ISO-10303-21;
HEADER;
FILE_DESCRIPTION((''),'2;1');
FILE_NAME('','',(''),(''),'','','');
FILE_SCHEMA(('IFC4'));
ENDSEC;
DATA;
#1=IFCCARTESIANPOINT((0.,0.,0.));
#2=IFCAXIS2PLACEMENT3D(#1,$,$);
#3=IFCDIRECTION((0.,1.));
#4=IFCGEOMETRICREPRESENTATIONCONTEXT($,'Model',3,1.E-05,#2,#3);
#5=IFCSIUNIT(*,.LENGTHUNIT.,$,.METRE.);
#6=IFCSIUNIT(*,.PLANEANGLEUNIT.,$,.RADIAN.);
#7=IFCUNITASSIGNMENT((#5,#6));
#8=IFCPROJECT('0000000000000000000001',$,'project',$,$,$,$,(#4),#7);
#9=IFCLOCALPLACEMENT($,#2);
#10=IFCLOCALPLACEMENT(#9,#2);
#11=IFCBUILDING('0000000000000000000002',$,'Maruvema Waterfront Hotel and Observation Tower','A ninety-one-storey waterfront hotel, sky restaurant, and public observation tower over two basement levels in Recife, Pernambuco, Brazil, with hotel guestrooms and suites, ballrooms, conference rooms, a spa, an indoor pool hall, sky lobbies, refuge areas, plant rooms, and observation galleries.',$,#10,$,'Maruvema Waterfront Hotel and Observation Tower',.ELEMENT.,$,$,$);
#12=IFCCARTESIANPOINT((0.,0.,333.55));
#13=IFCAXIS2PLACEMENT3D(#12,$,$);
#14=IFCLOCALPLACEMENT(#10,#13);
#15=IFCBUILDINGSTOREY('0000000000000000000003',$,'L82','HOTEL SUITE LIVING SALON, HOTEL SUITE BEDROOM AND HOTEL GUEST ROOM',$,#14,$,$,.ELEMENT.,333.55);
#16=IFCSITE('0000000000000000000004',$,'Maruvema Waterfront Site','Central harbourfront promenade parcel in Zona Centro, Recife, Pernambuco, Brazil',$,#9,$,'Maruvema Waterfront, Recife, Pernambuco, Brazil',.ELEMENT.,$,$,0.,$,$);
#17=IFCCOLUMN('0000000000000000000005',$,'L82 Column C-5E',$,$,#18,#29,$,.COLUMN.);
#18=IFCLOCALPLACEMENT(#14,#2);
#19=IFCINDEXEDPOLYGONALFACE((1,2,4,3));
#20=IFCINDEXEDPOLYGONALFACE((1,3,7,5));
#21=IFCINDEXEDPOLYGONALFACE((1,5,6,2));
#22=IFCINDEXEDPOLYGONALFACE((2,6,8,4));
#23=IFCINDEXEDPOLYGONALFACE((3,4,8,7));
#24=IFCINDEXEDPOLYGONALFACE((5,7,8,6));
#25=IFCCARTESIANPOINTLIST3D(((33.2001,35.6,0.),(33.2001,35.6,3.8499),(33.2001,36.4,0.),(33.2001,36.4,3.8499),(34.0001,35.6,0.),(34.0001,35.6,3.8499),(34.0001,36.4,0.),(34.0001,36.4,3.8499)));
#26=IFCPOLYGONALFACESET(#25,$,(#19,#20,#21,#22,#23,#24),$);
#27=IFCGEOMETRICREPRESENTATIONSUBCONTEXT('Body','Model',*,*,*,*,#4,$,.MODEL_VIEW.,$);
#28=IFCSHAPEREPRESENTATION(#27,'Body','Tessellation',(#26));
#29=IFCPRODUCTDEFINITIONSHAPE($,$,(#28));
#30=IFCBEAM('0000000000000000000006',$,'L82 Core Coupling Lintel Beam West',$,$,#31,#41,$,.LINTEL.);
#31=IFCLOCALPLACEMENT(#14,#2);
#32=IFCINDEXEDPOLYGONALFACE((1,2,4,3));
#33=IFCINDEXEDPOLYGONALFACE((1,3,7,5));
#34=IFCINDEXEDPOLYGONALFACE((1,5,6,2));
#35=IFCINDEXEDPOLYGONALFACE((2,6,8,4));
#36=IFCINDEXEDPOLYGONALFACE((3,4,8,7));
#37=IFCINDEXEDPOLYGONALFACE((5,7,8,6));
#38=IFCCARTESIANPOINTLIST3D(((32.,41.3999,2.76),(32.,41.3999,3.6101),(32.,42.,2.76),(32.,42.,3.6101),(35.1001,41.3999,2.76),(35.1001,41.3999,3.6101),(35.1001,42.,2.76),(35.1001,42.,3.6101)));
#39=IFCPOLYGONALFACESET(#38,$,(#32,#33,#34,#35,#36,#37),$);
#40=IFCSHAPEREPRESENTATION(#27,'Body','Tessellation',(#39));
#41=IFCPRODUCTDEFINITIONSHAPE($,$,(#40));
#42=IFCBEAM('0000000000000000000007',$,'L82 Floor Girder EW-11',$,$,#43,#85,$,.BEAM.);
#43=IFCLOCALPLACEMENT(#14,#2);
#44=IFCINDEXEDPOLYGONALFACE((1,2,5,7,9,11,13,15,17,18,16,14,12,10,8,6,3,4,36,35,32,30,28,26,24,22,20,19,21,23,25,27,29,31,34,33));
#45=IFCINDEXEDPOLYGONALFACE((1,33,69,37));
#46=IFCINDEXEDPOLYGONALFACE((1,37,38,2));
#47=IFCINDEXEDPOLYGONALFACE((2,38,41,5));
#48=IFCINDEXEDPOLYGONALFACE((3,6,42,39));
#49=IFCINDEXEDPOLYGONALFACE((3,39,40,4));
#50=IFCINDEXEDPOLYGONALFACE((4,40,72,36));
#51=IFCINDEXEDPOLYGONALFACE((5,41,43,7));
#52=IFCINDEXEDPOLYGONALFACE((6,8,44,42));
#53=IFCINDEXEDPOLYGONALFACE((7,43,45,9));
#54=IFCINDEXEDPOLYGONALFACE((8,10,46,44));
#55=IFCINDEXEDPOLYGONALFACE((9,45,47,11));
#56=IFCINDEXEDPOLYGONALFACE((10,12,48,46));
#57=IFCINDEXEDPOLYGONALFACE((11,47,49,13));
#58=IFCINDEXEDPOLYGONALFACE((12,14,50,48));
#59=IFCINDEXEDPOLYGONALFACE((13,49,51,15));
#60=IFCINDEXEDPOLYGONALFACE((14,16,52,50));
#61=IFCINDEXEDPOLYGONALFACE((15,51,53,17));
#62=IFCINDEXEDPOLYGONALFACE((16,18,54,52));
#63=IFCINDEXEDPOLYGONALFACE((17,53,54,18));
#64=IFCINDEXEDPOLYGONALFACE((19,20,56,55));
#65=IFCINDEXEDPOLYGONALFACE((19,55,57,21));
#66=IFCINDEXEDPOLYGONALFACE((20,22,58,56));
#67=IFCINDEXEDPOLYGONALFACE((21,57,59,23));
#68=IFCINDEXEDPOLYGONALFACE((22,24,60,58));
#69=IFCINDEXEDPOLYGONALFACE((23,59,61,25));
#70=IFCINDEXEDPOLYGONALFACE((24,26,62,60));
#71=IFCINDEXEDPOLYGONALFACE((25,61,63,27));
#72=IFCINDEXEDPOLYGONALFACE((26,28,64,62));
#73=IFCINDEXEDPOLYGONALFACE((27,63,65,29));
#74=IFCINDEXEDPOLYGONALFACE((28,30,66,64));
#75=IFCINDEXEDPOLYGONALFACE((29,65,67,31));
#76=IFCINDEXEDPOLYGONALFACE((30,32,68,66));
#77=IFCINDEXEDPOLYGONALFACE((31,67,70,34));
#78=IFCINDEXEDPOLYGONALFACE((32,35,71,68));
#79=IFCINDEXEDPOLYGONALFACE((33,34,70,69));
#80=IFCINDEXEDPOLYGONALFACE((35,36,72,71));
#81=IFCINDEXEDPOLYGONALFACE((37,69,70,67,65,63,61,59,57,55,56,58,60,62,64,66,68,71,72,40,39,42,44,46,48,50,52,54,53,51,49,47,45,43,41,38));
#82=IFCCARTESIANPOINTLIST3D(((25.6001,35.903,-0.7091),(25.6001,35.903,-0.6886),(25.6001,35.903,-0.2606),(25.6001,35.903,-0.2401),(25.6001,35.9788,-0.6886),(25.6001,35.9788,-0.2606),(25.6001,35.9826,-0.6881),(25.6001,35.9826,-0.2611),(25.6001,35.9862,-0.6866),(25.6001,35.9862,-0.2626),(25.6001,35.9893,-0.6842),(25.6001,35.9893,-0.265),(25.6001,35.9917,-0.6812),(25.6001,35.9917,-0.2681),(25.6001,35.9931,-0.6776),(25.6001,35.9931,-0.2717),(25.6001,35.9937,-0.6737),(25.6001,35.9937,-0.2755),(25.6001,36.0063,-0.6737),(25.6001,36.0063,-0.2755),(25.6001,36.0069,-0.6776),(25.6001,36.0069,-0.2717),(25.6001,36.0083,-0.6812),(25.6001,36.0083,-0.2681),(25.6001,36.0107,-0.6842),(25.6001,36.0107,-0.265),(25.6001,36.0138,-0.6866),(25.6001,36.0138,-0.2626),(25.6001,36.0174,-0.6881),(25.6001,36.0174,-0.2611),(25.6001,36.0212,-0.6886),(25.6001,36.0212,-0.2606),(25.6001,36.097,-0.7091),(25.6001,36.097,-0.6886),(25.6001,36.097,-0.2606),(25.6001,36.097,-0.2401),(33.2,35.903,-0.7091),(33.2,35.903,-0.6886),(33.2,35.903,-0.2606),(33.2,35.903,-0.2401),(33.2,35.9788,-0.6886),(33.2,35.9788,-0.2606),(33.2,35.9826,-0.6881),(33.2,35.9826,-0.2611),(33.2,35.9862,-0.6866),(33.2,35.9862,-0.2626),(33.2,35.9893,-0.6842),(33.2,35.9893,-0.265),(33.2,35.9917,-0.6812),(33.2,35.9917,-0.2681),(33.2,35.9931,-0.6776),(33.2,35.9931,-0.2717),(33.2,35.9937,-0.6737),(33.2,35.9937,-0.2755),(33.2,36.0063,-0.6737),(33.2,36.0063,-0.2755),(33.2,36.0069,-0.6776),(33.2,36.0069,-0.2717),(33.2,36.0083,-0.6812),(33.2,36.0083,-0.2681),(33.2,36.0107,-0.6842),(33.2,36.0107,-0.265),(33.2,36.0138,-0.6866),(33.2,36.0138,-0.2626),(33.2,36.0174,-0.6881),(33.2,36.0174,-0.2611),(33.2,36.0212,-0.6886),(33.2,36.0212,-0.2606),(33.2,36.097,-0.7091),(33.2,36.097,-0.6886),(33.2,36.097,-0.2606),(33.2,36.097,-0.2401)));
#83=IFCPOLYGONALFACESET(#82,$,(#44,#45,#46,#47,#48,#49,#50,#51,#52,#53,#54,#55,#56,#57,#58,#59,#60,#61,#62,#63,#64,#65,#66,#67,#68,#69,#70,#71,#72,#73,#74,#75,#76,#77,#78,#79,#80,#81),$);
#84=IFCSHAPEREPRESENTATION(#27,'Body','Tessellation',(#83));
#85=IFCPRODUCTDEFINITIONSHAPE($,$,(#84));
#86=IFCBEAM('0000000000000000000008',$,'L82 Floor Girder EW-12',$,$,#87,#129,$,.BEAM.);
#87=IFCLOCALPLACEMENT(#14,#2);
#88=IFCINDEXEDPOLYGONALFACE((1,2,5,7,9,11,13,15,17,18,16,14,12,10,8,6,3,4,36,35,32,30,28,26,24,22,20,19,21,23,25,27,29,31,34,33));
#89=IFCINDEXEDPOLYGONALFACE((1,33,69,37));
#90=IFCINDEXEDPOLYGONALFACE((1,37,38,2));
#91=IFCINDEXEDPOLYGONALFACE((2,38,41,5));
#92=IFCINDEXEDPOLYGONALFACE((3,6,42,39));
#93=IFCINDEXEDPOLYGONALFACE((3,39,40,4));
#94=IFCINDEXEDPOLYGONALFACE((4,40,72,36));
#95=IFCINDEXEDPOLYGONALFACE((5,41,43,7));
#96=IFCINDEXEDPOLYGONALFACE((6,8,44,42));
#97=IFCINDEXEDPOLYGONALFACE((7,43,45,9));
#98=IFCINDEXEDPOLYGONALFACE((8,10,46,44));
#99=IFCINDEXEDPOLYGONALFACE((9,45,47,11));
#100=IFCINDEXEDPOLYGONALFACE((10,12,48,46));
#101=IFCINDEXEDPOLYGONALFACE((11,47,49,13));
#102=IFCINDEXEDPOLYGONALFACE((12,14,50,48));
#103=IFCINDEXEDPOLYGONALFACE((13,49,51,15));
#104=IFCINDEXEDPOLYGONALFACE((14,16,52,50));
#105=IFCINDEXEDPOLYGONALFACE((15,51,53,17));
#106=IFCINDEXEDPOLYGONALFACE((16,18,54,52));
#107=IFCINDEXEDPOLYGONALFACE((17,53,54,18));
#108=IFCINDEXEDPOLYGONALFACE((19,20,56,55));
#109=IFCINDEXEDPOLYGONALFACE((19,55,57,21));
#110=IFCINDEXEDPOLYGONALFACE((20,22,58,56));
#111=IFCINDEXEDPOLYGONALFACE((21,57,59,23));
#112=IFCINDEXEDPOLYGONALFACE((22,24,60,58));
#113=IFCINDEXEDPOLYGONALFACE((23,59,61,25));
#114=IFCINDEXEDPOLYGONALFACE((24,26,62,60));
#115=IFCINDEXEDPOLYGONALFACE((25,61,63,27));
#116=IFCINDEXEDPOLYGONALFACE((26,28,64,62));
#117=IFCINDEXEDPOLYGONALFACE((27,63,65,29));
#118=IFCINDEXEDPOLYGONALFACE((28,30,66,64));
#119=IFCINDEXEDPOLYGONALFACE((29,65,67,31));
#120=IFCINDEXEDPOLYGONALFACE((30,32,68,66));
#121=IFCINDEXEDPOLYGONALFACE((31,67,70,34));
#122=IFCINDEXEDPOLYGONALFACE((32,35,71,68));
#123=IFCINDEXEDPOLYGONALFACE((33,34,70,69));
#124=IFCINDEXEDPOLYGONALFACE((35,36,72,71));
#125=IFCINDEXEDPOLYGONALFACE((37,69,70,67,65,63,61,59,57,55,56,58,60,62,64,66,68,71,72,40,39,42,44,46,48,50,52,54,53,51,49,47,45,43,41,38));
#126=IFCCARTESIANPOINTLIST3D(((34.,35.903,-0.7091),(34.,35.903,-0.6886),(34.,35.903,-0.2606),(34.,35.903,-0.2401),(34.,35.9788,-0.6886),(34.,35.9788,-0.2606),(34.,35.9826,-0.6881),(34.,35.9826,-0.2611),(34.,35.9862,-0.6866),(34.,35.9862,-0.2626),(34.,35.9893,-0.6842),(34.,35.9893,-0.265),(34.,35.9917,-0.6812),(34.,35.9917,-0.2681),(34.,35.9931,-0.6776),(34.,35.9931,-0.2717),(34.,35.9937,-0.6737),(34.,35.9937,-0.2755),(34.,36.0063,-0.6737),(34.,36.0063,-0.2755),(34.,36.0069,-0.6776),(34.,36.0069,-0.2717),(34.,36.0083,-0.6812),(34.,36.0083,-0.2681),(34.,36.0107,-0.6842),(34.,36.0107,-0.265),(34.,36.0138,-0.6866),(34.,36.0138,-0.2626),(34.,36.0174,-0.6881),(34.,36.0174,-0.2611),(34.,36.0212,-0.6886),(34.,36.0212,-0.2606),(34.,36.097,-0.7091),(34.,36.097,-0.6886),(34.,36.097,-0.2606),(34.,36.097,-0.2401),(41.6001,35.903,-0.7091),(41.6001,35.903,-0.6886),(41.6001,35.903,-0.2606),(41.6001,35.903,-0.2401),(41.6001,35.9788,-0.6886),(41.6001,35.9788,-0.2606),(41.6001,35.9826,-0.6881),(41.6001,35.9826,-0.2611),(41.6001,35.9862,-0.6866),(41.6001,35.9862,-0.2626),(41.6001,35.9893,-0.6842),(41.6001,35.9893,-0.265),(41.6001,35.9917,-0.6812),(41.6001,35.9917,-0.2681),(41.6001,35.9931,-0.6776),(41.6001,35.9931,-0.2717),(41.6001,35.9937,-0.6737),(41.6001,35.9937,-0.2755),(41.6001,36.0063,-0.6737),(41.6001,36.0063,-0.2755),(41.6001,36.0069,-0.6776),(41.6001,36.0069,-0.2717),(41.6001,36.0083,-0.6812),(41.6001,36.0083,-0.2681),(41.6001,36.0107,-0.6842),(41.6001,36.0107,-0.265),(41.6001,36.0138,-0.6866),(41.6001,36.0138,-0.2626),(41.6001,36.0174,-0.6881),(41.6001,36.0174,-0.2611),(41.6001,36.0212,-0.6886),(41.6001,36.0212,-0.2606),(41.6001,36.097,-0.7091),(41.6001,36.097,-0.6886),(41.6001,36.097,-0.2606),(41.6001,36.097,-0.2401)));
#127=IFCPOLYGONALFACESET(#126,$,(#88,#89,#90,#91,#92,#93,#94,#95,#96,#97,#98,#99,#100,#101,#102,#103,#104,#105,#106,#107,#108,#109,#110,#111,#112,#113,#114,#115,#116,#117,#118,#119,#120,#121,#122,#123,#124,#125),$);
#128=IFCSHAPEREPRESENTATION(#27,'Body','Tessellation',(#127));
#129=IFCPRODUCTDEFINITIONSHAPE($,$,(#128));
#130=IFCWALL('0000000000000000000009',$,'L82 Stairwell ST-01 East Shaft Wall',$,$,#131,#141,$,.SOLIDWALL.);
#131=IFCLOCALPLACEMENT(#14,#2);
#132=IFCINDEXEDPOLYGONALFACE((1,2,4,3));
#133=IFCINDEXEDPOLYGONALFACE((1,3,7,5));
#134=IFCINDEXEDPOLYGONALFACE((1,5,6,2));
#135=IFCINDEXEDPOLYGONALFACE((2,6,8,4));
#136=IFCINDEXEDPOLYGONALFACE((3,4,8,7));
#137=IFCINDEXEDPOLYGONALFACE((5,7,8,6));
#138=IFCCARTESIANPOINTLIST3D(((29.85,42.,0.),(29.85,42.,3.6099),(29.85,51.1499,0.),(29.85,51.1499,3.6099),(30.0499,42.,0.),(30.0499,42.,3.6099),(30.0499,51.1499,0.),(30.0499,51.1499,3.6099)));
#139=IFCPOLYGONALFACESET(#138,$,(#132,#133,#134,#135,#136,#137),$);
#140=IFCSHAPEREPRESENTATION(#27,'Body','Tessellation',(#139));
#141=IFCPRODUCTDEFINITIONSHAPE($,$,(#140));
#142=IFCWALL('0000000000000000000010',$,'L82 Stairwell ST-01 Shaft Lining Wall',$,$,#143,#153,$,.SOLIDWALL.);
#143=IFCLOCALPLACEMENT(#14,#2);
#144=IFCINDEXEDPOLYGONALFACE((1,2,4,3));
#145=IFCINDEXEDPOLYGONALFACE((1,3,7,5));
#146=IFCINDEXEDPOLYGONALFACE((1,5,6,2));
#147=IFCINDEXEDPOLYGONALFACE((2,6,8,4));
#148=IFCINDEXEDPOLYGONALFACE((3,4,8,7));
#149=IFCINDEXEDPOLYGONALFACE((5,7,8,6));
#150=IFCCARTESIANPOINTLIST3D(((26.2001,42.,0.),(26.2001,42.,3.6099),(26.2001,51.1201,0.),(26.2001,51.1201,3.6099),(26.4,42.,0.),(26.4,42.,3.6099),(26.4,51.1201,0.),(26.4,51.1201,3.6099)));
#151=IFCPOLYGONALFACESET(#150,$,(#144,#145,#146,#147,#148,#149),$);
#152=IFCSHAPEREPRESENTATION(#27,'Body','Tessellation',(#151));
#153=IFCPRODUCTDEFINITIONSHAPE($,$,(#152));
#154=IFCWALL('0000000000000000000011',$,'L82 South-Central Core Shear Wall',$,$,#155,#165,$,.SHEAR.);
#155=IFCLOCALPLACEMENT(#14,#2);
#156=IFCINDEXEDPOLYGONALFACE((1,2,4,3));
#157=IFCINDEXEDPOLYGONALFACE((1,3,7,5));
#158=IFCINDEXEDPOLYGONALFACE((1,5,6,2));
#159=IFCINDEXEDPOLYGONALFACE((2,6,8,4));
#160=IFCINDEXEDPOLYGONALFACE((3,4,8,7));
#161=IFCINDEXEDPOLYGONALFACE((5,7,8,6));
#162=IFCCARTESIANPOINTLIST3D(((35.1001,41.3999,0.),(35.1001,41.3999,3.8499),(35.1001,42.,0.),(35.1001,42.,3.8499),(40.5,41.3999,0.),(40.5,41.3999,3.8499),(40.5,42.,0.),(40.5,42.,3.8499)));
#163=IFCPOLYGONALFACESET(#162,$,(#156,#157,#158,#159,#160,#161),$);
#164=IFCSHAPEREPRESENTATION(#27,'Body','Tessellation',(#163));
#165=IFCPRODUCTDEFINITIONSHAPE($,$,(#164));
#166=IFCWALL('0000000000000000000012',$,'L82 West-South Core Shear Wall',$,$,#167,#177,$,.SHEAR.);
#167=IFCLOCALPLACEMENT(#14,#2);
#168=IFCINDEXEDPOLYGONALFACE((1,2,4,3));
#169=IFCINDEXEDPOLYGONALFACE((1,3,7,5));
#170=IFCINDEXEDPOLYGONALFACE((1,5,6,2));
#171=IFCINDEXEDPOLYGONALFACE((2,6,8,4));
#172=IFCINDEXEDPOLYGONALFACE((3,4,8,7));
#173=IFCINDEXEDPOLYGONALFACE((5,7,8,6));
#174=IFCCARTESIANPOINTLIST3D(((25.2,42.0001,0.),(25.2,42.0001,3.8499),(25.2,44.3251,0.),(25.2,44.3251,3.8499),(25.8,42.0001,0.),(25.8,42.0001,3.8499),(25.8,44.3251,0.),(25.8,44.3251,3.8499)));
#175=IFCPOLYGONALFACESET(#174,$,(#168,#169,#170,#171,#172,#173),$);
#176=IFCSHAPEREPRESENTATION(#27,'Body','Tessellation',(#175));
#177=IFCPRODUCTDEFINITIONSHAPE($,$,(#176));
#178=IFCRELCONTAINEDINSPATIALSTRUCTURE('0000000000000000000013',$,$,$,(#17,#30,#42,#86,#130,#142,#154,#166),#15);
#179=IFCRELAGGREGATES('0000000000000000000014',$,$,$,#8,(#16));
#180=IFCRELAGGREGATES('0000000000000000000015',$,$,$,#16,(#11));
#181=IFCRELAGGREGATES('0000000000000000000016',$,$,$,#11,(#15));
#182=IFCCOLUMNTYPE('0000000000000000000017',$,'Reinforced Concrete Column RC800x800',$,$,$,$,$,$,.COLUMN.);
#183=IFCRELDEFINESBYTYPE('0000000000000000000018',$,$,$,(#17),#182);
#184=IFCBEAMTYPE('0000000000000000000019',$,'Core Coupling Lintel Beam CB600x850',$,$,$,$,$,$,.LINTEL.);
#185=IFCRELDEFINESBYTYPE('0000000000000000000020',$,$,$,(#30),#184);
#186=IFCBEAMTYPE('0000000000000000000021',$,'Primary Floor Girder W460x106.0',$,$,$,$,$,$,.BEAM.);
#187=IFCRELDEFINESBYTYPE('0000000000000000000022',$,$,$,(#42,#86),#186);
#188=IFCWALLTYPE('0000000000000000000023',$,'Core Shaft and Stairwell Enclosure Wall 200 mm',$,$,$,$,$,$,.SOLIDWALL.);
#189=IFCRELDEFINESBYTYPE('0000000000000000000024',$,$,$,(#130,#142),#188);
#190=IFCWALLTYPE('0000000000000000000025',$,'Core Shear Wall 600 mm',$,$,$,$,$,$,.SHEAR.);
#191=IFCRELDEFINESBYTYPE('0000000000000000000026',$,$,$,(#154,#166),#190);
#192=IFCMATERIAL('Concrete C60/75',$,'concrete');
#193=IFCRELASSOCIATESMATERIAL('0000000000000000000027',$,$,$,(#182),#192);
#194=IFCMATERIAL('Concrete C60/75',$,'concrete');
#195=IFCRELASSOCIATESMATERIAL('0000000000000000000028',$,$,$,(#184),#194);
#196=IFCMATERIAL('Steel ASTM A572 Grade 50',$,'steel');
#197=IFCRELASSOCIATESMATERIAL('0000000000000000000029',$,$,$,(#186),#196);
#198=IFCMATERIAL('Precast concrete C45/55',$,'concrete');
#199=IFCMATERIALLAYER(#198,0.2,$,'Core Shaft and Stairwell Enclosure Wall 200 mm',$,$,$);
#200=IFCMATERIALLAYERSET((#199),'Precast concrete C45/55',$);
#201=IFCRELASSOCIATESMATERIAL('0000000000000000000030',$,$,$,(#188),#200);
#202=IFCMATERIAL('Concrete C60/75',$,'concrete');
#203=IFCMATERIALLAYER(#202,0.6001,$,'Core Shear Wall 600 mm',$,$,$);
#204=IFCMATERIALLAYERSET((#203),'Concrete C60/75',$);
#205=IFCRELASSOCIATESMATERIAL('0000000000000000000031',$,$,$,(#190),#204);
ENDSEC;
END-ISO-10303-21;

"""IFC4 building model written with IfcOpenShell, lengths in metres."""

from ifc_helpers import new_model, si_unit, direction, frame, frame_2d, origin, origin_2d, place, context, subcontext, project, spatial, rectangle, i_section, extrude, material, layer, layer_set, material_profile, profile_set, type_object, element, save


model = new_model("IFC4")

# Units and contexts
model_context = context("Model", 3, precision=1e-05, world=origin(), true_north=direction((0.0, 1.0)))
body_context = subcontext(model_context, "Body", "Model", "MODEL_VIEW")
ifc_project = project(units=[si_unit("LENGTHUNIT", "METRE"), si_unit("PLANEANGLEUNIT", "RADIAN")], contexts=[model_context])

# Site, building, storey
site_placement = place(None, origin())
site = spatial("IfcSite", under=ifc_project, at=site_placement, Name="Maruvema Waterfront Site", Description="Central harbourfront promenade parcel in Zona Centro, Recife, Pernambuco, Brazil", LongName="Maruvema Waterfront, Recife, Pernambuco, Brazil", CompositionType="ELEMENT", RefElevation=0.0)
building_placement = place(site_placement, origin())
building = spatial("IfcBuilding", under=site, at=building_placement, Name="Maruvema Waterfront Hotel and Observation Tower", Description="A ninety-one-storey waterfront hotel, sky restaurant, and public observation tower over two basement levels in Recife, Pernambuco, Brazil, with hotel guestrooms and suites, ballrooms, conference rooms, a spa, an indoor pool hall, sky lobbies, refuge areas, plant rooms, and observation galleries.", LongName="Maruvema Waterfront Hotel and Observation Tower", CompositionType="ELEMENT")
storey_placement = place(building_placement, frame((0.0, 0.0, 333.55)))
storey = spatial("IfcBuildingStorey", under=building, at=storey_placement, Name="L82", Description="HOTEL SUITE LIVING SALON, HOTEL SUITE BEDROOM AND HOTEL GUEST ROOM", CompositionType="ELEMENT", Elevation=333.55)

# Column
ifc_material_1 = material(Name="Concrete C60/75", Category="concrete")
ifc_material_profile_1 = material_profile(ifc_material_1, rectangle(XDim=0.8, YDim=0.8, at=origin_2d()), Name="RC800x800")
ifc_profile_set_1 = profile_set([ifc_material_profile_1], Name="Concrete C60/75")
column_type = type_object("IfcColumnType", Name="Reinforced Concrete Column RC800x800", PredefinedType="COLUMN", material=ifc_profile_set_1)
column_placement = place(storey_placement, frame((33.6001, 36.0, 0.0), z_axis=(0.0, 0.0, 1.0), x_axis=(1.0, 0.0, 0.0)))
element("IfcColumn", 1, at=column_placement, inside=storey, type_object=column_type, Name="L82 Column C-5E", PredefinedType="COLUMN", context=body_context, shape_type="SweptSolid", body=[
    extrude(rectangle(XDim=0.8, YDim=0.8, at=origin_2d()), origin(), (0.0, 0.0, 1.0), 3.8499),
])

# Beams
ifc_material_2 = material(Name="Concrete C60/75", Category="concrete")
ifc_material_profile_2 = material_profile(ifc_material_2, rectangle(XDim=0.6001, YDim=0.8501, at=origin_2d()), Name="CB600x850")
ifc_profile_set_2 = profile_set([ifc_material_profile_2], Name="Concrete C60/75")
beam_type_1 = type_object("IfcBeamType", Name="Core Coupling Lintel Beam CB600x850", PredefinedType="LINTEL", material=ifc_profile_set_2)
beam_1_placement = place(storey_placement, frame((32.0, 41.7, 3.1851), z_axis=(1.0, 0.0, 0.0), x_axis=(0.0, 1.0, 0.0)))
element("IfcBeam", 2, at=beam_1_placement, inside=storey, type_object=beam_type_1, Name="L82 Core Coupling Lintel Beam West", PredefinedType="LINTEL", context=body_context, shape_type="SweptSolid", body=[
    extrude(rectangle(XDim=0.6001, YDim=0.8501, at=origin_2d()), origin(), (0.0, 0.0, 1.0), 3.1001),
])
ifc_material_3 = material(Name="Steel ASTM A572 Grade 50", Category="steel")
ifc_material_profile_3 = material_profile(ifc_material_3, i_section(OverallWidth=0.1941, OverallDepth=0.469, WebThickness=0.0127, FlangeThickness=0.0205, FilletRadius=0.0149, at=origin_2d()), Name="W460x106.0")
ifc_profile_set_3 = profile_set([ifc_material_profile_3], Name="Steel ASTM A572 Grade 50")
beam_type_2 = type_object("IfcBeamType", Name="Primary Floor Girder W460x106.0", PredefinedType="BEAM", material=ifc_profile_set_3)
beam_2_placement = place(storey_placement, frame((25.6001, 36.0, -0.4746), z_axis=(1.0, 0.0, 0.0), x_axis=(0.0, 1.0, 0.0)))
element("IfcBeam", 3, at=beam_2_placement, inside=storey, type_object=beam_type_2, Name="L82 Floor Girder EW-11", PredefinedType="BEAM", context=body_context, shape_type="SweptSolid", body=[
    extrude(i_section(OverallWidth=0.1941, OverallDepth=0.469, WebThickness=0.0127, FlangeThickness=0.0205, FilletRadius=0.0149, at=origin_2d()), origin(), (0.0, 0.0, 1.0), 7.5999),
])
beam_3_placement = place(storey_placement, frame((34.0, 36.0, -0.4746), z_axis=(1.0, 0.0, 0.0), x_axis=(0.0, 1.0, 0.0)))
element("IfcBeam", 4, at=beam_3_placement, inside=storey, type_object=beam_type_2, Name="L82 Floor Girder EW-12", PredefinedType="BEAM", context=body_context, shape_type="SweptSolid", body=[
    extrude(i_section(OverallWidth=0.1941, OverallDepth=0.469, WebThickness=0.0127, FlangeThickness=0.0205, FilletRadius=0.0149, at=origin_2d()), origin(), (0.0, 0.0, 1.0), 7.6001),
])

# Walls
ifc_material_4 = material(Name="Precast concrete C45/55", Category="concrete")
ifc_layer_1 = layer(ifc_material_4, 0.2, Name="Core Shaft and Stairwell Enclosure Wall 200 mm")
ifc_layer_set_1 = layer_set([ifc_layer_1], Name="Precast concrete C45/55")
wall_type_1 = type_object("IfcWallType", Name="Core Shaft and Stairwell Enclosure Wall 200 mm", PredefinedType="SOLIDWALL", material=ifc_layer_set_1)
wall_1_placement = place(storey_placement, frame((29.95, 42.0, 0.0), z_axis=(0.0, 0.0, 1.0), x_axis=(0.0, 1.0, 0.0)))
element("IfcWall", 5, at=wall_1_placement, inside=storey, type_object=wall_type_1, Name="L82 Stairwell ST-01 East Shaft Wall", PredefinedType="SOLIDWALL", context=body_context, shape_type="SweptSolid", body=[
    extrude(rectangle(XDim=9.1499, YDim=0.2, at=frame_2d((4.575, 0.0))), origin(), (0.0, 0.0, 1.0), 3.6099),
])
wall_2_placement = place(storey_placement, frame((26.3, 42.0, 0.0), z_axis=(0.0, 0.0, 1.0), x_axis=(0.0, 1.0, 0.0)))
element("IfcWall", 6, at=wall_2_placement, inside=storey, type_object=wall_type_1, Name="L82 Stairwell ST-01 Shaft Lining Wall", PredefinedType="SOLIDWALL", context=body_context, shape_type="SweptSolid", body=[
    extrude(rectangle(XDim=9.1201, YDim=0.2, at=frame_2d((4.5601, 0.0))), origin(), (0.0, 0.0, 1.0), 3.6099),
])

# Shared definitions
ifc_material_5 = material(Name="Concrete C60/75", Category="concrete")
ifc_layer_2 = layer(ifc_material_5, 0.6001, Name="Core Shear Wall 600 mm")
ifc_layer_set_2 = layer_set([ifc_layer_2], Name="Concrete C60/75")
wall_type_2 = type_object("IfcWallType", Name="Core Shear Wall 600 mm", PredefinedType="SHEAR", material=ifc_layer_set_2)

# Walls
wall_3_placement = place(storey_placement, frame((35.1001, 41.7, 0.0), z_axis=(0.0, 0.0, 1.0), x_axis=(1.0, 0.0, 0.0)))
element("IfcWall", 7, at=wall_3_placement, inside=storey, type_object=wall_type_2, Name="L82 South-Central Core Shear Wall", PredefinedType="SHEAR", context=body_context, shape_type="SweptSolid", body=[
    extrude(rectangle(XDim=5.3999, YDim=0.6001, at=frame_2d((2.7, 0.0))), origin(), (0.0, 0.0, 1.0), 3.8499),
])
wall_4_placement = place(storey_placement, frame((25.5, 42.0, 0.0), z_axis=(0.0, 0.0, 1.0), x_axis=(0.0, 1.0, 0.0)))
element("IfcWall", 8, at=wall_4_placement, inside=storey, type_object=wall_type_2, Name="L82 West-South Core Shear Wall", PredefinedType="SHEAR", context=body_context, shape_type="SweptSolid", body=[
    extrude(rectangle(XDim=2.325, YDim=0.6001, at=frame_2d((1.1626, 0.0))), origin(), (0.0, 0.0, 1.0), 3.8499),
])

save(model, "model.ifc")
